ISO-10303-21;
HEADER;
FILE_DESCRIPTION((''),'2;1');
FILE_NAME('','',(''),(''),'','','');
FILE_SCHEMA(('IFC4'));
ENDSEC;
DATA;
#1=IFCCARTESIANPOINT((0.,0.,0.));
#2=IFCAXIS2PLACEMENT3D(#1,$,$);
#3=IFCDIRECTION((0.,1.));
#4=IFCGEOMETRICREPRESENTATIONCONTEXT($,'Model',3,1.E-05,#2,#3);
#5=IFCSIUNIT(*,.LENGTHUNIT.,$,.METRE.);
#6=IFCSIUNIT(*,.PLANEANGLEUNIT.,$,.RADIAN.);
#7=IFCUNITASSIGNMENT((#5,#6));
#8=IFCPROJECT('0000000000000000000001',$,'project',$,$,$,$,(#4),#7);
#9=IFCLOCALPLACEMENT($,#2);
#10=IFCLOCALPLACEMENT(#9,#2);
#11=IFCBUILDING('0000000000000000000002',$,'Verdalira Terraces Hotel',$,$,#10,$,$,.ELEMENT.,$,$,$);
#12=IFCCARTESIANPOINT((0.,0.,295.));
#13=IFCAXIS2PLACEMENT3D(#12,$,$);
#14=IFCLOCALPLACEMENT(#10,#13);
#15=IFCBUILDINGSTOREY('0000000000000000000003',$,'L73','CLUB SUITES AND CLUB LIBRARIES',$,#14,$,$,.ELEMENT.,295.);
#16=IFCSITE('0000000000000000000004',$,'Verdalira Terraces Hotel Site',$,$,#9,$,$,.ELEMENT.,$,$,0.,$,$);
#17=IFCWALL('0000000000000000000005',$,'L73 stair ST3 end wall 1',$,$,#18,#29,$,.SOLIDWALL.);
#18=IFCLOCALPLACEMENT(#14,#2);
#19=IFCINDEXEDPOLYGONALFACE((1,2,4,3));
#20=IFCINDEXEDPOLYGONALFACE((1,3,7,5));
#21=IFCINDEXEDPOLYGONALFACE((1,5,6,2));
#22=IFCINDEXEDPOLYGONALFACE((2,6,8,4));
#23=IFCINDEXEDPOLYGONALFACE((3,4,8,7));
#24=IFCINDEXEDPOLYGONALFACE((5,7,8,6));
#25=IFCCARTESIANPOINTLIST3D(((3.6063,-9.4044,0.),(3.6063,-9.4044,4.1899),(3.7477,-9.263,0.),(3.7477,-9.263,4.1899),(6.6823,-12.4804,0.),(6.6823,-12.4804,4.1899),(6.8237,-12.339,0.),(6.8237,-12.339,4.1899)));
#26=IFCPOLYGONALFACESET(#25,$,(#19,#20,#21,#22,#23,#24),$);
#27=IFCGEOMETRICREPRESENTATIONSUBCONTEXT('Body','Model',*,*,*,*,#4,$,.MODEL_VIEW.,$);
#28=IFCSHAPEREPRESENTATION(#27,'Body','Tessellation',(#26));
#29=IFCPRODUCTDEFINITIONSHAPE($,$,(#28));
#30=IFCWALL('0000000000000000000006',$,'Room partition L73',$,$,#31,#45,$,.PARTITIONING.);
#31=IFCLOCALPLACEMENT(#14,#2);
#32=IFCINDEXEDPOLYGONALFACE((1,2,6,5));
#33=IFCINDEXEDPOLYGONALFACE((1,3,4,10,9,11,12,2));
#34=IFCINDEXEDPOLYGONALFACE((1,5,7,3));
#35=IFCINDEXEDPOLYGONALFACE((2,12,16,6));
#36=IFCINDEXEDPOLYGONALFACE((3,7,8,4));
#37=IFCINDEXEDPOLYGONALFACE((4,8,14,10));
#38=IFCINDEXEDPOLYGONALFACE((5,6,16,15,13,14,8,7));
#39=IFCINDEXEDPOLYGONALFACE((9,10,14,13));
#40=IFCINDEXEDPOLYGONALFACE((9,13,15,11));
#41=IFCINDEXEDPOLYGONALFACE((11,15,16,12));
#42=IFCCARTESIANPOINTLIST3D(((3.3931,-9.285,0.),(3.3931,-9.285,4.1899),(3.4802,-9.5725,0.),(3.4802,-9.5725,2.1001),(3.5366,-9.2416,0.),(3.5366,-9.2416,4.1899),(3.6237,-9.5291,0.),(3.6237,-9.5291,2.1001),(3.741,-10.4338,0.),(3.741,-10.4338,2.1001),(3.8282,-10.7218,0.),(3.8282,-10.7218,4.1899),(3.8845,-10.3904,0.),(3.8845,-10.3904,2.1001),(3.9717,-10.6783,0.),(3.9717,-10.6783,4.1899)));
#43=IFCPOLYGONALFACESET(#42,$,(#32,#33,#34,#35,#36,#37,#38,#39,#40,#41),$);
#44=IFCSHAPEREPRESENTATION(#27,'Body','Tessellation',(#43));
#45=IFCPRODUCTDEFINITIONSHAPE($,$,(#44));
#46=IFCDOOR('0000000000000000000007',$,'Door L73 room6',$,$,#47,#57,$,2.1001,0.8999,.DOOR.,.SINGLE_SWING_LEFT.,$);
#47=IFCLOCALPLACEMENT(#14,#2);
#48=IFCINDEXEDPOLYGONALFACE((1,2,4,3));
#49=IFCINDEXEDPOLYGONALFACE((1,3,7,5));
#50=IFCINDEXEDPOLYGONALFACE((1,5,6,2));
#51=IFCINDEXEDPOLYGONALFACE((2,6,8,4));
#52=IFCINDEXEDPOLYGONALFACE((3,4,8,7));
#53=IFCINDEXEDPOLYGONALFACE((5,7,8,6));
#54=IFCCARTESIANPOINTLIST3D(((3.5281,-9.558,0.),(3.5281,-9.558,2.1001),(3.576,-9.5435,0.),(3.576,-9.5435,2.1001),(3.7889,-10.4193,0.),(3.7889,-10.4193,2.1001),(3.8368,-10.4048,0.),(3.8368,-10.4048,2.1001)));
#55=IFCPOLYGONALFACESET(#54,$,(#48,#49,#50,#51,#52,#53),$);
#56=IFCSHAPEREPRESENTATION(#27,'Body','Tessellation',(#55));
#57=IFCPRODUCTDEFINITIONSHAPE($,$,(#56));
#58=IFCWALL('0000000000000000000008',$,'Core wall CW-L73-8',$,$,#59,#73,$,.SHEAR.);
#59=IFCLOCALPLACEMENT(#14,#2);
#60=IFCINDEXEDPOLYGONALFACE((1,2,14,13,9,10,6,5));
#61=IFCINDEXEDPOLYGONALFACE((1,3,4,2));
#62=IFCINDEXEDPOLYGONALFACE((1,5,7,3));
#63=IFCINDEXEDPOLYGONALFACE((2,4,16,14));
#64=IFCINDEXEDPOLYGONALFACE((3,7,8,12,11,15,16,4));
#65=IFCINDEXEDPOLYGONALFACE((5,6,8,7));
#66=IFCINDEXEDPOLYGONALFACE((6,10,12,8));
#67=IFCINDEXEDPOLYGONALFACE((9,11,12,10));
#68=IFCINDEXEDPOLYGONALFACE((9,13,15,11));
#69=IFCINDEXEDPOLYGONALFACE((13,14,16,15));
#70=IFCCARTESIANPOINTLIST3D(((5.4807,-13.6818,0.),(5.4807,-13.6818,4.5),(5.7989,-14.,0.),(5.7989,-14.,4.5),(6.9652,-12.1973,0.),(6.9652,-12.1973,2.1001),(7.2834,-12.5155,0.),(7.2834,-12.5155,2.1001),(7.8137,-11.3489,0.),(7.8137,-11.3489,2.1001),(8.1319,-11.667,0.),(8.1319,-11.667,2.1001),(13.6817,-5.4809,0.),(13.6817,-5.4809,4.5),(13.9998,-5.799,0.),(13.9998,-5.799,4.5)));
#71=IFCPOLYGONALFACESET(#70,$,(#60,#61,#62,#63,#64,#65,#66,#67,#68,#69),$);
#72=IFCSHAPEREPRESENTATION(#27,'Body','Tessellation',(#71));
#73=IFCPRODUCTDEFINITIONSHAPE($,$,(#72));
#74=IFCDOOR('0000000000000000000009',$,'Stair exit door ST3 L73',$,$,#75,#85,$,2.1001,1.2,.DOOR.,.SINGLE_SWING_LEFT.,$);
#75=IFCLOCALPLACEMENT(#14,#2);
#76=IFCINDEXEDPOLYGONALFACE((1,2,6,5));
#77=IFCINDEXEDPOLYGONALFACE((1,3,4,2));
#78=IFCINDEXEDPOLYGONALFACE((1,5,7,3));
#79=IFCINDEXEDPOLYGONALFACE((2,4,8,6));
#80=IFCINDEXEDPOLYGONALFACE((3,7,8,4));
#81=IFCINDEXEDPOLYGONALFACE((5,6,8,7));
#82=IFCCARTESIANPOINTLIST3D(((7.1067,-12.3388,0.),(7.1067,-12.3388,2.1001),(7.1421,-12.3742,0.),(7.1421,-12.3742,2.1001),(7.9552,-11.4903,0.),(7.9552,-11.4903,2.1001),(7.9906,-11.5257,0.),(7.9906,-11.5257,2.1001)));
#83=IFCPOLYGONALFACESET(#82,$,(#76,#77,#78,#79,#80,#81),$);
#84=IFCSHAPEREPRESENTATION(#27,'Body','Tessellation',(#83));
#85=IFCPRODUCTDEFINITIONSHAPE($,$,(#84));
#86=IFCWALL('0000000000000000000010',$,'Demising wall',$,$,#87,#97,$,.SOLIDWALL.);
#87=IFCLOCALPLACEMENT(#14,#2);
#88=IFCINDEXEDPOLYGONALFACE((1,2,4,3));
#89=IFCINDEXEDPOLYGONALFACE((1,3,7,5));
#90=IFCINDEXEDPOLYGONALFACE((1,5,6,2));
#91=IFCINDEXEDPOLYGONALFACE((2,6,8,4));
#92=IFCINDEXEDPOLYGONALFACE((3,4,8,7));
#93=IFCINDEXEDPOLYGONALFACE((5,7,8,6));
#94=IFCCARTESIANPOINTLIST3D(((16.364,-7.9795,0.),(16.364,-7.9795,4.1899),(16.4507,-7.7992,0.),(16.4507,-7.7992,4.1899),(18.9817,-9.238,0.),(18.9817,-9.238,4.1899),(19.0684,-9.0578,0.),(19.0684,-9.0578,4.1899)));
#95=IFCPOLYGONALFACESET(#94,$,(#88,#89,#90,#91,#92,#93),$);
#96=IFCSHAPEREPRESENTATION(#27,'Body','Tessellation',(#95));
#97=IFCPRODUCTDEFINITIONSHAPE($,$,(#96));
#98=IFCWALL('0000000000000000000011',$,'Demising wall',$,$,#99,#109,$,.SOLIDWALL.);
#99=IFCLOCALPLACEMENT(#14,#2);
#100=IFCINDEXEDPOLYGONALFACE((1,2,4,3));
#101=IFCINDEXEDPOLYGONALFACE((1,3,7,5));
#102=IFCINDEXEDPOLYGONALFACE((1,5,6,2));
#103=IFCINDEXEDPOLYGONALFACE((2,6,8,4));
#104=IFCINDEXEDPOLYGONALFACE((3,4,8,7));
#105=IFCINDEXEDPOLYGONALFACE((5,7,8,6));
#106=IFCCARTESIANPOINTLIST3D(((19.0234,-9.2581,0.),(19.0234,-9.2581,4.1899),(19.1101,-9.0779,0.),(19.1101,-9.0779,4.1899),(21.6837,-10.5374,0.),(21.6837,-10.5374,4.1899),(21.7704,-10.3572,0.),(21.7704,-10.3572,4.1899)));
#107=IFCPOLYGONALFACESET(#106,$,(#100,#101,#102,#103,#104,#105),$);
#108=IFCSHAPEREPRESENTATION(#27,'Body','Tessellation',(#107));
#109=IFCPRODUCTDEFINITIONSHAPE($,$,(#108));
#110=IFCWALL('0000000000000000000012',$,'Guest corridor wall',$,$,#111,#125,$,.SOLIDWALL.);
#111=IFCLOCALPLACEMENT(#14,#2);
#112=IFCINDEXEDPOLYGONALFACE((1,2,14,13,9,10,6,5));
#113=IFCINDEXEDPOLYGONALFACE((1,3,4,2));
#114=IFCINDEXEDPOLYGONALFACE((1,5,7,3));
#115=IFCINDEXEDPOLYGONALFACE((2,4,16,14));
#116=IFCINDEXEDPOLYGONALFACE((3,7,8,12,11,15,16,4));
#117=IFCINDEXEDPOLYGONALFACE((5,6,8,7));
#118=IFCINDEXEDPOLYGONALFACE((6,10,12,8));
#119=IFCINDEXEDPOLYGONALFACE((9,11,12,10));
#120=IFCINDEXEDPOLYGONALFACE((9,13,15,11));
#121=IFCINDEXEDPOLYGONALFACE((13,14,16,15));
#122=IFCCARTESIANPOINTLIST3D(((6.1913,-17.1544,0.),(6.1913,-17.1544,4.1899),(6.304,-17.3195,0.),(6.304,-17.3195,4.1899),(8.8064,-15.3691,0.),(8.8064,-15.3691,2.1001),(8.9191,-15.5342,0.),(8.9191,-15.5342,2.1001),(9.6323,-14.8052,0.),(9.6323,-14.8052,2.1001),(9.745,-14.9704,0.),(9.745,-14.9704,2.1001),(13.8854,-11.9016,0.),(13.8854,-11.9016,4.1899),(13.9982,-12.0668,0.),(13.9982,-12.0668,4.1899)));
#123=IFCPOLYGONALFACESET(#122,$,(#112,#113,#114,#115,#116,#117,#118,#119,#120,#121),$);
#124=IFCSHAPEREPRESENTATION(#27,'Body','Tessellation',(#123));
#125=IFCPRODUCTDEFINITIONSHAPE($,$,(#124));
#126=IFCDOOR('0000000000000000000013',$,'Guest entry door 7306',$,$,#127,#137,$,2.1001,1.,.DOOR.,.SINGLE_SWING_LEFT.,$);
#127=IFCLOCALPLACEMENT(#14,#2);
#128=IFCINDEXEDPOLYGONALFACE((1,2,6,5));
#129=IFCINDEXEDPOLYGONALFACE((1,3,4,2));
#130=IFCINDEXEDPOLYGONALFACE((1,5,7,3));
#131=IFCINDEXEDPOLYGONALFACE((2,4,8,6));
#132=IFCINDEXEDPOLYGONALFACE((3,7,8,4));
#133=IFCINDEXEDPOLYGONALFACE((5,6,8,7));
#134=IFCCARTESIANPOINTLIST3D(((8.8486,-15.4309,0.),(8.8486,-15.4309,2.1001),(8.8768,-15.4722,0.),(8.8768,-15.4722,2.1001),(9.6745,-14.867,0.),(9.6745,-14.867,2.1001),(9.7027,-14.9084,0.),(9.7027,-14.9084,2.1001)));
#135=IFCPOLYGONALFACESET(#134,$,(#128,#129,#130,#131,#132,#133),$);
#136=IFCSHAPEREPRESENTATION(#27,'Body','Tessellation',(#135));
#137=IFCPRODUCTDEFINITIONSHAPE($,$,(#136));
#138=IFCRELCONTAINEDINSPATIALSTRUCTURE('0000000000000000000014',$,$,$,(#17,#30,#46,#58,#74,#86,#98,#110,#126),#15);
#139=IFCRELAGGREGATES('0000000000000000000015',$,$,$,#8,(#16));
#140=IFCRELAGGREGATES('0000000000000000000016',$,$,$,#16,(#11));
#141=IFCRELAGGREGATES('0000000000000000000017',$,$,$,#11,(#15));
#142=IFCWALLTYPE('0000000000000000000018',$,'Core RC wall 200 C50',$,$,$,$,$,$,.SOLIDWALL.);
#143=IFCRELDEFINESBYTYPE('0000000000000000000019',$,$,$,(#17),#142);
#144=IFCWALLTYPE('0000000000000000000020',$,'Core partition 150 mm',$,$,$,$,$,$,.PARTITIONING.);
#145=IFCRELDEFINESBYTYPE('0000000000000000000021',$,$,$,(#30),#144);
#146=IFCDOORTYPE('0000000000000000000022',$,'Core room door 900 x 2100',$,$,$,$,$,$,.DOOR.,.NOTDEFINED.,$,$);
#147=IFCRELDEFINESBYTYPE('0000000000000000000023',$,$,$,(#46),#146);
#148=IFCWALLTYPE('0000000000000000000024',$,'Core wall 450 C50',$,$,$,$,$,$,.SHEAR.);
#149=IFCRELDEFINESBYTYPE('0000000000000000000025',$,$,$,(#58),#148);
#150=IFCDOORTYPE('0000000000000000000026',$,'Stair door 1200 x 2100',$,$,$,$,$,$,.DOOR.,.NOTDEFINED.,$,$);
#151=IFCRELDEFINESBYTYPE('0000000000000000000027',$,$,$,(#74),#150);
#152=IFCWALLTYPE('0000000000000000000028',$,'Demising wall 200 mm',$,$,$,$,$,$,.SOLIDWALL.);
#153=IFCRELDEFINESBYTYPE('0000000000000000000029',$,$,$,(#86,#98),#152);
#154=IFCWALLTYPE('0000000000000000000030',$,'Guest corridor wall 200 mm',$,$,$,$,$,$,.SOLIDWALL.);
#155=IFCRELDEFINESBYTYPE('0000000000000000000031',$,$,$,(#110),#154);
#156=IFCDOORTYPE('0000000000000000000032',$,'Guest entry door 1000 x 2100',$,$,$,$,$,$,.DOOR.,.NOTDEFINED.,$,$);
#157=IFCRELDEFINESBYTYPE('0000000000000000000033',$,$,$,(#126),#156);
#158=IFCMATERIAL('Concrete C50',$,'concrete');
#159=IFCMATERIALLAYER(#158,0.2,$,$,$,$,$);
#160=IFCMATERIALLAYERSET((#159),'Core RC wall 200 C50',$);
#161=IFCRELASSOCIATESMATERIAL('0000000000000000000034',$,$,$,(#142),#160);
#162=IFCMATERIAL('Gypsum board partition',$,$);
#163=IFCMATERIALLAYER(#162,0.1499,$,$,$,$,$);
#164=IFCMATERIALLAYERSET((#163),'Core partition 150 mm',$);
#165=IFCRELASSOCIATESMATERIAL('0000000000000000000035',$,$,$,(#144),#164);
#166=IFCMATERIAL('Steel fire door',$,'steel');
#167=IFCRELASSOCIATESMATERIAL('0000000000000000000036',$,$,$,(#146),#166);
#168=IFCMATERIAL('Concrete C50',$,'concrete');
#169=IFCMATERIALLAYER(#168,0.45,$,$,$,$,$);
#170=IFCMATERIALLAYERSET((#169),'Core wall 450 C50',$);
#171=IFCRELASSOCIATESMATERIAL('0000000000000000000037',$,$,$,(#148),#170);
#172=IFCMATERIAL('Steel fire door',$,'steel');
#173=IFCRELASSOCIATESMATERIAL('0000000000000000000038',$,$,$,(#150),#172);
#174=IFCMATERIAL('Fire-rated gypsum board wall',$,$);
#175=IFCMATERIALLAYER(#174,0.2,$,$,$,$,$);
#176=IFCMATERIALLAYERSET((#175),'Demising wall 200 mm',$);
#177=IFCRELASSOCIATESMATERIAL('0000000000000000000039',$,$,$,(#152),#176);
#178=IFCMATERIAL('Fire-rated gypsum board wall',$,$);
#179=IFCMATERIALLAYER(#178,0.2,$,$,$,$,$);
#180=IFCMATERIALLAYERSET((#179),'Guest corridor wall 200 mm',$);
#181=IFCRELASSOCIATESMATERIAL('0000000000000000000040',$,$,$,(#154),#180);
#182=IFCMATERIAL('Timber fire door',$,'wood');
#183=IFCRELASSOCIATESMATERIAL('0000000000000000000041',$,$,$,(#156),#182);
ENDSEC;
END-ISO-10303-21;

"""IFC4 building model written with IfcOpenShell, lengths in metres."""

from ifc_helpers import new_model, si_unit, direction, frame, frame_2d, origin, place, context, subcontext, project, spatial, rectangle, extrude, material, layer, layer_set, type_object, element, fill, save


model = new_model("IFC4")

# Units and contexts
model_context = context("Model", 3, precision=1e-05, world=origin(), true_north=direction((0.0, 1.0)))
body_context = subcontext(model_context, "Body", "Model", "MODEL_VIEW")
ifc_project = project(units=[si_unit("LENGTHUNIT", "METRE"), si_unit("PLANEANGLEUNIT", "RADIAN")], contexts=[model_context])

# Site, building, storey
site_placement = place(None, origin())
site = spatial("IfcSite", under=ifc_project, at=site_placement, Name="Verdalira Terraces Hotel Site", CompositionType="ELEMENT", RefElevation=0.0)
building_placement = place(site_placement, origin())
building = spatial("IfcBuilding", under=site, at=building_placement, Name="Verdalira Terraces Hotel", CompositionType="ELEMENT")
storey_placement = place(building_placement, frame((0.0, 0.0, 295.0)))
storey = spatial("IfcBuildingStorey", under=building, at=storey_placement, Name="L73", Description="CLUB SUITES AND CLUB LIBRARIES", CompositionType="ELEMENT", Elevation=295.0)

# Wall
ifc_material_1 = material(Name="Concrete C50", Category="concrete")
ifc_layer_1 = layer(ifc_material_1, 0.2)
ifc_layer_set_1 = layer_set([ifc_layer_1], Name="Core RC wall 200 C50")
wall_type_1 = type_object("IfcWallType", Name="Core RC wall 200 C50", PredefinedType="SOLIDWALL", material=ifc_layer_set_1)
wall_1_placement = place(storey_placement, frame((3.677, -9.3337, 0.0), z_axis=(0.0, 0.0, 1.0), x_axis=(0.707107, -0.707107, 0.0)))
element("IfcWall", 1, at=wall_1_placement, inside=storey, type_object=wall_type_1, Name="L73 stair ST3 end wall 1", PredefinedType="SOLIDWALL", context=body_context, shape_type="SweptSolid", body=[
    extrude(rectangle(XDim=4.3501, YDim=0.2, at=frame_2d((2.175, 0.0))), origin(), (0.0, 0.0, 1.0), 4.1899),
])

# Walls, openings, doors
ifc_material_2 = material(Name="Gypsum board partition")
ifc_layer_2 = layer(ifc_material_2, 0.1499)
ifc_layer_set_2 = layer_set([ifc_layer_2], Name="Core partition 150 mm")
wall_type_2 = type_object("IfcWallType", Name="Core partition 150 mm", PredefinedType="PARTITIONING", material=ifc_layer_set_2)
wall_2_placement = place(storey_placement, frame((3.8999, -10.7, 0.0), z_axis=(0.0, 0.0, 1.0), x_axis=(-0.289809, 0.957085, 0.0)))
wall_2 = element("IfcWall", 2, at=wall_2_placement, inside=storey, type_object=wall_type_2, Name="Room partition L73", PredefinedType="PARTITIONING", context=body_context, shape_type="SweptSolid", body=[
    extrude(rectangle(XDim=1.5012, YDim=0.1499, at=frame_2d((0.7505, 0.0))), origin(), (0.0, 0.0, 1.0), 4.1899),
])
opening_1_placement = place(wall_2_placement, frame((0.3008, 0.0, 0.0)))
opening_1 = element("IfcOpeningElement", 3, at=opening_1_placement, cuts=wall_2, PredefinedType="OPENING", context=body_context, shape_type="SweptSolid", body=[
    extrude(rectangle(XDim=0.8999, YDim=2.1001, at=frame_2d((0.45, 1.05))), frame((0.0, 0.085, 0.0), z_axis=(0.0, -1.0, 0.0), x_axis=(1.0, 0.0, 0.0)), (0.0, 0.0, 1.0), 0.1699),
])
ifc_material_3 = material(Name="Steel fire door", Category="steel")
door_type_1 = type_object("IfcDoorType", Name="Core room door 900 x 2100", OperationType="NOTDEFINED", PredefinedType="DOOR", material=ifc_material_3)
door_1_placement = place(opening_1_placement, origin())
door_1 = element("IfcDoor", 4, at=door_1_placement, inside=storey, type_object=door_type_1, Name="Door L73 room6", OperationType="SINGLE_SWING_LEFT", OverallHeight=2.1001, OverallWidth=0.8999, PredefinedType="DOOR", context=body_context, shape_type="SweptSolid", body=[
    extrude(rectangle(XDim=0.8999, YDim=2.1001, at=frame_2d((0.45, 1.05))), frame((0.0, 0.0249, 0.0), z_axis=(0.0, -1.0, 0.0), x_axis=(1.0, 0.0, 0.0)), (0.0, 0.0, 1.0), 0.05),
])
fill(opening_1, door_1)
ifc_material_4 = material(Name="Concrete C50", Category="concrete")
ifc_layer_3 = layer(ifc_material_4, 0.45)
ifc_layer_set_3 = layer_set([ifc_layer_3], Name="Core wall 450 C50")
wall_type_3 = type_object("IfcWallType", Name="Core wall 450 C50", PredefinedType="SHEAR", material=ifc_layer_set_3)
wall_3_placement = place(storey_placement, frame((5.6399, -13.8408, 0.0), z_axis=(0.0, 0.0, 1.0), x_axis=(0.707107, 0.707107, 0.0)))
wall_3 = element("IfcWall", 5, at=wall_3_placement, inside=storey, type_object=wall_type_3, Name="Core wall CW-L73-8", PredefinedType="SHEAR", context=body_context, shape_type="SweptSolid", body=[
    extrude(rectangle(XDim=11.5979, YDim=0.45, at=frame_2d((5.7988, 0.0))), origin(), (0.0, 0.0, 1.0), 4.5),
])
opening_2_placement = place(wall_3_placement, frame((2.0991, 0.0, 0.0)))
opening_2 = element("IfcOpeningElement", 6, at=opening_2_placement, cuts=wall_3, PredefinedType="OPENING", context=body_context, shape_type="SweptSolid", body=[
    extrude(rectangle(XDim=1.2, YDim=2.1001, at=frame_2d((0.6001, 1.05))), frame((0.0, 0.2349, 0.0), z_axis=(0.0, -1.0, 0.0), x_axis=(1.0, 0.0, 0.0)), (0.0, 0.0, 1.0), 0.47),
])
ifc_material_5 = material(Name="Steel fire door", Category="steel")
door_type_2 = type_object("IfcDoorType", Name="Stair door 1200 x 2100", OperationType="NOTDEFINED", PredefinedType="DOOR", material=ifc_material_5)
door_2_placement = place(opening_2_placement, origin())
door_2 = element("IfcDoor", 7, at=door_2_placement, inside=storey, type_object=door_type_2, Name="Stair exit door ST3 L73", OperationType="SINGLE_SWING_LEFT", OverallHeight=2.1001, OverallWidth=1.2, PredefinedType="DOOR", context=body_context, shape_type="SweptSolid", body=[
    extrude(rectangle(XDim=1.2, YDim=2.1001, at=frame_2d((0.6001, 1.05))), frame((0.0, 0.0249, 0.0), z_axis=(0.0, -1.0, 0.0), x_axis=(1.0, 0.0, 0.0)), (0.0, 0.0, 1.0), 0.05),
])
fill(opening_2, door_2)

# Walls
ifc_material_6 = material(Name="Fire-rated gypsum board wall")
ifc_layer_4 = layer(ifc_material_6, 0.2)
ifc_layer_set_4 = layer_set([ifc_layer_4], Name="Demising wall 200 mm")
wall_type_4 = type_object("IfcWallType", Name="Demising wall 200 mm", PredefinedType="SOLIDWALL", material=ifc_layer_set_4)
wall_4_placement = place(storey_placement, frame((16.4075, -7.8894, 0.0), z_axis=(0.0, 0.0, 1.0), x_axis=(0.901246, -0.433308, 0.0)))
element("IfcWall", 8, at=wall_4_placement, inside=storey, type_object=wall_type_4, Name="Demising wall", PredefinedType="SOLIDWALL", context=body_context, shape_type="SweptSolid", body=[
    extrude(rectangle(XDim=2.9045, YDim=0.2, at=frame_2d((1.4521, 0.0))), origin(), (0.0, 0.0, 1.0), 4.1899),
])
wall_5_placement = place(storey_placement, frame((19.0666, -9.168, 0.0), z_axis=(0.0, 0.0, 1.0), x_axis=(0.901218, -0.433365, 0.0)))
element("IfcWall", 9, at=wall_5_placement, inside=storey, type_object=wall_type_4, Name="Demising wall", PredefinedType="SOLIDWALL", context=body_context, shape_type="SweptSolid", body=[
    extrude(rectangle(XDim=2.9519, YDim=0.2, at=frame_2d((1.4761, 0.0))), origin(), (0.0, 0.0, 1.0), 4.1899),
])

# Wall, opening, door
ifc_material_7 = material(Name="Fire-rated gypsum board wall")
ifc_layer_5 = layer(ifc_material_7, 0.2)
ifc_layer_set_5 = layer_set([ifc_layer_5], Name="Guest corridor wall 200 mm")
wall_type_5 = type_object("IfcWallType", Name="Guest corridor wall 200 mm", PredefinedType="SOLIDWALL", material=ifc_layer_set_5)
wall_6_placement = place(storey_placement, frame((13.9419, -11.9841, 0.0), z_axis=(0.0, 0.0, 1.0), x_axis=(-0.825892, -0.563829, 0.0)))
wall_6 = element("IfcWall", 10, at=wall_6_placement, inside=storey, type_object=wall_type_5, Name="Guest corridor wall", PredefinedType="SOLIDWALL", context=body_context, shape_type="SweptSolid", body=[
    extrude(rectangle(XDim=9.3162, YDim=0.2, at=frame_2d((4.6582, 0.0))), origin(), (0.0, 0.0, 1.0), 4.1899),
])
opening_3_placement = place(wall_6_placement, frame((5.1499, 0.0, 0.0)))
opening_3 = element("IfcOpeningElement", 11, at=opening_3_placement, cuts=wall_6, PredefinedType="OPENING", context=body_context, shape_type="SweptSolid", body=[
    extrude(rectangle(XDim=1.0, YDim=2.1001, at=frame_2d((0.5, 1.05))), frame((0.0, 0.1099, 0.0), z_axis=(0.0, -1.0, 0.0), x_axis=(1.0, 0.0, 0.0)), (0.0, 0.0, 1.0), 0.22),
])
ifc_material_8 = material(Name="Timber fire door", Category="wood")
door_type_3 = type_object("IfcDoorType", Name="Guest entry door 1000 x 2100", OperationType="NOTDEFINED", PredefinedType="DOOR", material=ifc_material_8)
door_3_placement = place(opening_3_placement, origin())
door_3 = element("IfcDoor", 12, at=door_3_placement, inside=storey, type_object=door_type_3, Name="Guest entry door 7306", OperationType="SINGLE_SWING_LEFT", OverallHeight=2.1001, OverallWidth=1.0, PredefinedType="DOOR", context=body_context, shape_type="SweptSolid", body=[
    extrude(rectangle(XDim=1.0, YDim=2.1001, at=frame_2d((0.5, 1.05))), frame((0.0, 0.0249, 0.0), z_axis=(0.0, -1.0, 0.0), x_axis=(1.0, 0.0, 0.0)), (0.0, 0.0, 1.0), 0.05),
])
fill(opening_3, door_3)

save(model, "model.ifc")
